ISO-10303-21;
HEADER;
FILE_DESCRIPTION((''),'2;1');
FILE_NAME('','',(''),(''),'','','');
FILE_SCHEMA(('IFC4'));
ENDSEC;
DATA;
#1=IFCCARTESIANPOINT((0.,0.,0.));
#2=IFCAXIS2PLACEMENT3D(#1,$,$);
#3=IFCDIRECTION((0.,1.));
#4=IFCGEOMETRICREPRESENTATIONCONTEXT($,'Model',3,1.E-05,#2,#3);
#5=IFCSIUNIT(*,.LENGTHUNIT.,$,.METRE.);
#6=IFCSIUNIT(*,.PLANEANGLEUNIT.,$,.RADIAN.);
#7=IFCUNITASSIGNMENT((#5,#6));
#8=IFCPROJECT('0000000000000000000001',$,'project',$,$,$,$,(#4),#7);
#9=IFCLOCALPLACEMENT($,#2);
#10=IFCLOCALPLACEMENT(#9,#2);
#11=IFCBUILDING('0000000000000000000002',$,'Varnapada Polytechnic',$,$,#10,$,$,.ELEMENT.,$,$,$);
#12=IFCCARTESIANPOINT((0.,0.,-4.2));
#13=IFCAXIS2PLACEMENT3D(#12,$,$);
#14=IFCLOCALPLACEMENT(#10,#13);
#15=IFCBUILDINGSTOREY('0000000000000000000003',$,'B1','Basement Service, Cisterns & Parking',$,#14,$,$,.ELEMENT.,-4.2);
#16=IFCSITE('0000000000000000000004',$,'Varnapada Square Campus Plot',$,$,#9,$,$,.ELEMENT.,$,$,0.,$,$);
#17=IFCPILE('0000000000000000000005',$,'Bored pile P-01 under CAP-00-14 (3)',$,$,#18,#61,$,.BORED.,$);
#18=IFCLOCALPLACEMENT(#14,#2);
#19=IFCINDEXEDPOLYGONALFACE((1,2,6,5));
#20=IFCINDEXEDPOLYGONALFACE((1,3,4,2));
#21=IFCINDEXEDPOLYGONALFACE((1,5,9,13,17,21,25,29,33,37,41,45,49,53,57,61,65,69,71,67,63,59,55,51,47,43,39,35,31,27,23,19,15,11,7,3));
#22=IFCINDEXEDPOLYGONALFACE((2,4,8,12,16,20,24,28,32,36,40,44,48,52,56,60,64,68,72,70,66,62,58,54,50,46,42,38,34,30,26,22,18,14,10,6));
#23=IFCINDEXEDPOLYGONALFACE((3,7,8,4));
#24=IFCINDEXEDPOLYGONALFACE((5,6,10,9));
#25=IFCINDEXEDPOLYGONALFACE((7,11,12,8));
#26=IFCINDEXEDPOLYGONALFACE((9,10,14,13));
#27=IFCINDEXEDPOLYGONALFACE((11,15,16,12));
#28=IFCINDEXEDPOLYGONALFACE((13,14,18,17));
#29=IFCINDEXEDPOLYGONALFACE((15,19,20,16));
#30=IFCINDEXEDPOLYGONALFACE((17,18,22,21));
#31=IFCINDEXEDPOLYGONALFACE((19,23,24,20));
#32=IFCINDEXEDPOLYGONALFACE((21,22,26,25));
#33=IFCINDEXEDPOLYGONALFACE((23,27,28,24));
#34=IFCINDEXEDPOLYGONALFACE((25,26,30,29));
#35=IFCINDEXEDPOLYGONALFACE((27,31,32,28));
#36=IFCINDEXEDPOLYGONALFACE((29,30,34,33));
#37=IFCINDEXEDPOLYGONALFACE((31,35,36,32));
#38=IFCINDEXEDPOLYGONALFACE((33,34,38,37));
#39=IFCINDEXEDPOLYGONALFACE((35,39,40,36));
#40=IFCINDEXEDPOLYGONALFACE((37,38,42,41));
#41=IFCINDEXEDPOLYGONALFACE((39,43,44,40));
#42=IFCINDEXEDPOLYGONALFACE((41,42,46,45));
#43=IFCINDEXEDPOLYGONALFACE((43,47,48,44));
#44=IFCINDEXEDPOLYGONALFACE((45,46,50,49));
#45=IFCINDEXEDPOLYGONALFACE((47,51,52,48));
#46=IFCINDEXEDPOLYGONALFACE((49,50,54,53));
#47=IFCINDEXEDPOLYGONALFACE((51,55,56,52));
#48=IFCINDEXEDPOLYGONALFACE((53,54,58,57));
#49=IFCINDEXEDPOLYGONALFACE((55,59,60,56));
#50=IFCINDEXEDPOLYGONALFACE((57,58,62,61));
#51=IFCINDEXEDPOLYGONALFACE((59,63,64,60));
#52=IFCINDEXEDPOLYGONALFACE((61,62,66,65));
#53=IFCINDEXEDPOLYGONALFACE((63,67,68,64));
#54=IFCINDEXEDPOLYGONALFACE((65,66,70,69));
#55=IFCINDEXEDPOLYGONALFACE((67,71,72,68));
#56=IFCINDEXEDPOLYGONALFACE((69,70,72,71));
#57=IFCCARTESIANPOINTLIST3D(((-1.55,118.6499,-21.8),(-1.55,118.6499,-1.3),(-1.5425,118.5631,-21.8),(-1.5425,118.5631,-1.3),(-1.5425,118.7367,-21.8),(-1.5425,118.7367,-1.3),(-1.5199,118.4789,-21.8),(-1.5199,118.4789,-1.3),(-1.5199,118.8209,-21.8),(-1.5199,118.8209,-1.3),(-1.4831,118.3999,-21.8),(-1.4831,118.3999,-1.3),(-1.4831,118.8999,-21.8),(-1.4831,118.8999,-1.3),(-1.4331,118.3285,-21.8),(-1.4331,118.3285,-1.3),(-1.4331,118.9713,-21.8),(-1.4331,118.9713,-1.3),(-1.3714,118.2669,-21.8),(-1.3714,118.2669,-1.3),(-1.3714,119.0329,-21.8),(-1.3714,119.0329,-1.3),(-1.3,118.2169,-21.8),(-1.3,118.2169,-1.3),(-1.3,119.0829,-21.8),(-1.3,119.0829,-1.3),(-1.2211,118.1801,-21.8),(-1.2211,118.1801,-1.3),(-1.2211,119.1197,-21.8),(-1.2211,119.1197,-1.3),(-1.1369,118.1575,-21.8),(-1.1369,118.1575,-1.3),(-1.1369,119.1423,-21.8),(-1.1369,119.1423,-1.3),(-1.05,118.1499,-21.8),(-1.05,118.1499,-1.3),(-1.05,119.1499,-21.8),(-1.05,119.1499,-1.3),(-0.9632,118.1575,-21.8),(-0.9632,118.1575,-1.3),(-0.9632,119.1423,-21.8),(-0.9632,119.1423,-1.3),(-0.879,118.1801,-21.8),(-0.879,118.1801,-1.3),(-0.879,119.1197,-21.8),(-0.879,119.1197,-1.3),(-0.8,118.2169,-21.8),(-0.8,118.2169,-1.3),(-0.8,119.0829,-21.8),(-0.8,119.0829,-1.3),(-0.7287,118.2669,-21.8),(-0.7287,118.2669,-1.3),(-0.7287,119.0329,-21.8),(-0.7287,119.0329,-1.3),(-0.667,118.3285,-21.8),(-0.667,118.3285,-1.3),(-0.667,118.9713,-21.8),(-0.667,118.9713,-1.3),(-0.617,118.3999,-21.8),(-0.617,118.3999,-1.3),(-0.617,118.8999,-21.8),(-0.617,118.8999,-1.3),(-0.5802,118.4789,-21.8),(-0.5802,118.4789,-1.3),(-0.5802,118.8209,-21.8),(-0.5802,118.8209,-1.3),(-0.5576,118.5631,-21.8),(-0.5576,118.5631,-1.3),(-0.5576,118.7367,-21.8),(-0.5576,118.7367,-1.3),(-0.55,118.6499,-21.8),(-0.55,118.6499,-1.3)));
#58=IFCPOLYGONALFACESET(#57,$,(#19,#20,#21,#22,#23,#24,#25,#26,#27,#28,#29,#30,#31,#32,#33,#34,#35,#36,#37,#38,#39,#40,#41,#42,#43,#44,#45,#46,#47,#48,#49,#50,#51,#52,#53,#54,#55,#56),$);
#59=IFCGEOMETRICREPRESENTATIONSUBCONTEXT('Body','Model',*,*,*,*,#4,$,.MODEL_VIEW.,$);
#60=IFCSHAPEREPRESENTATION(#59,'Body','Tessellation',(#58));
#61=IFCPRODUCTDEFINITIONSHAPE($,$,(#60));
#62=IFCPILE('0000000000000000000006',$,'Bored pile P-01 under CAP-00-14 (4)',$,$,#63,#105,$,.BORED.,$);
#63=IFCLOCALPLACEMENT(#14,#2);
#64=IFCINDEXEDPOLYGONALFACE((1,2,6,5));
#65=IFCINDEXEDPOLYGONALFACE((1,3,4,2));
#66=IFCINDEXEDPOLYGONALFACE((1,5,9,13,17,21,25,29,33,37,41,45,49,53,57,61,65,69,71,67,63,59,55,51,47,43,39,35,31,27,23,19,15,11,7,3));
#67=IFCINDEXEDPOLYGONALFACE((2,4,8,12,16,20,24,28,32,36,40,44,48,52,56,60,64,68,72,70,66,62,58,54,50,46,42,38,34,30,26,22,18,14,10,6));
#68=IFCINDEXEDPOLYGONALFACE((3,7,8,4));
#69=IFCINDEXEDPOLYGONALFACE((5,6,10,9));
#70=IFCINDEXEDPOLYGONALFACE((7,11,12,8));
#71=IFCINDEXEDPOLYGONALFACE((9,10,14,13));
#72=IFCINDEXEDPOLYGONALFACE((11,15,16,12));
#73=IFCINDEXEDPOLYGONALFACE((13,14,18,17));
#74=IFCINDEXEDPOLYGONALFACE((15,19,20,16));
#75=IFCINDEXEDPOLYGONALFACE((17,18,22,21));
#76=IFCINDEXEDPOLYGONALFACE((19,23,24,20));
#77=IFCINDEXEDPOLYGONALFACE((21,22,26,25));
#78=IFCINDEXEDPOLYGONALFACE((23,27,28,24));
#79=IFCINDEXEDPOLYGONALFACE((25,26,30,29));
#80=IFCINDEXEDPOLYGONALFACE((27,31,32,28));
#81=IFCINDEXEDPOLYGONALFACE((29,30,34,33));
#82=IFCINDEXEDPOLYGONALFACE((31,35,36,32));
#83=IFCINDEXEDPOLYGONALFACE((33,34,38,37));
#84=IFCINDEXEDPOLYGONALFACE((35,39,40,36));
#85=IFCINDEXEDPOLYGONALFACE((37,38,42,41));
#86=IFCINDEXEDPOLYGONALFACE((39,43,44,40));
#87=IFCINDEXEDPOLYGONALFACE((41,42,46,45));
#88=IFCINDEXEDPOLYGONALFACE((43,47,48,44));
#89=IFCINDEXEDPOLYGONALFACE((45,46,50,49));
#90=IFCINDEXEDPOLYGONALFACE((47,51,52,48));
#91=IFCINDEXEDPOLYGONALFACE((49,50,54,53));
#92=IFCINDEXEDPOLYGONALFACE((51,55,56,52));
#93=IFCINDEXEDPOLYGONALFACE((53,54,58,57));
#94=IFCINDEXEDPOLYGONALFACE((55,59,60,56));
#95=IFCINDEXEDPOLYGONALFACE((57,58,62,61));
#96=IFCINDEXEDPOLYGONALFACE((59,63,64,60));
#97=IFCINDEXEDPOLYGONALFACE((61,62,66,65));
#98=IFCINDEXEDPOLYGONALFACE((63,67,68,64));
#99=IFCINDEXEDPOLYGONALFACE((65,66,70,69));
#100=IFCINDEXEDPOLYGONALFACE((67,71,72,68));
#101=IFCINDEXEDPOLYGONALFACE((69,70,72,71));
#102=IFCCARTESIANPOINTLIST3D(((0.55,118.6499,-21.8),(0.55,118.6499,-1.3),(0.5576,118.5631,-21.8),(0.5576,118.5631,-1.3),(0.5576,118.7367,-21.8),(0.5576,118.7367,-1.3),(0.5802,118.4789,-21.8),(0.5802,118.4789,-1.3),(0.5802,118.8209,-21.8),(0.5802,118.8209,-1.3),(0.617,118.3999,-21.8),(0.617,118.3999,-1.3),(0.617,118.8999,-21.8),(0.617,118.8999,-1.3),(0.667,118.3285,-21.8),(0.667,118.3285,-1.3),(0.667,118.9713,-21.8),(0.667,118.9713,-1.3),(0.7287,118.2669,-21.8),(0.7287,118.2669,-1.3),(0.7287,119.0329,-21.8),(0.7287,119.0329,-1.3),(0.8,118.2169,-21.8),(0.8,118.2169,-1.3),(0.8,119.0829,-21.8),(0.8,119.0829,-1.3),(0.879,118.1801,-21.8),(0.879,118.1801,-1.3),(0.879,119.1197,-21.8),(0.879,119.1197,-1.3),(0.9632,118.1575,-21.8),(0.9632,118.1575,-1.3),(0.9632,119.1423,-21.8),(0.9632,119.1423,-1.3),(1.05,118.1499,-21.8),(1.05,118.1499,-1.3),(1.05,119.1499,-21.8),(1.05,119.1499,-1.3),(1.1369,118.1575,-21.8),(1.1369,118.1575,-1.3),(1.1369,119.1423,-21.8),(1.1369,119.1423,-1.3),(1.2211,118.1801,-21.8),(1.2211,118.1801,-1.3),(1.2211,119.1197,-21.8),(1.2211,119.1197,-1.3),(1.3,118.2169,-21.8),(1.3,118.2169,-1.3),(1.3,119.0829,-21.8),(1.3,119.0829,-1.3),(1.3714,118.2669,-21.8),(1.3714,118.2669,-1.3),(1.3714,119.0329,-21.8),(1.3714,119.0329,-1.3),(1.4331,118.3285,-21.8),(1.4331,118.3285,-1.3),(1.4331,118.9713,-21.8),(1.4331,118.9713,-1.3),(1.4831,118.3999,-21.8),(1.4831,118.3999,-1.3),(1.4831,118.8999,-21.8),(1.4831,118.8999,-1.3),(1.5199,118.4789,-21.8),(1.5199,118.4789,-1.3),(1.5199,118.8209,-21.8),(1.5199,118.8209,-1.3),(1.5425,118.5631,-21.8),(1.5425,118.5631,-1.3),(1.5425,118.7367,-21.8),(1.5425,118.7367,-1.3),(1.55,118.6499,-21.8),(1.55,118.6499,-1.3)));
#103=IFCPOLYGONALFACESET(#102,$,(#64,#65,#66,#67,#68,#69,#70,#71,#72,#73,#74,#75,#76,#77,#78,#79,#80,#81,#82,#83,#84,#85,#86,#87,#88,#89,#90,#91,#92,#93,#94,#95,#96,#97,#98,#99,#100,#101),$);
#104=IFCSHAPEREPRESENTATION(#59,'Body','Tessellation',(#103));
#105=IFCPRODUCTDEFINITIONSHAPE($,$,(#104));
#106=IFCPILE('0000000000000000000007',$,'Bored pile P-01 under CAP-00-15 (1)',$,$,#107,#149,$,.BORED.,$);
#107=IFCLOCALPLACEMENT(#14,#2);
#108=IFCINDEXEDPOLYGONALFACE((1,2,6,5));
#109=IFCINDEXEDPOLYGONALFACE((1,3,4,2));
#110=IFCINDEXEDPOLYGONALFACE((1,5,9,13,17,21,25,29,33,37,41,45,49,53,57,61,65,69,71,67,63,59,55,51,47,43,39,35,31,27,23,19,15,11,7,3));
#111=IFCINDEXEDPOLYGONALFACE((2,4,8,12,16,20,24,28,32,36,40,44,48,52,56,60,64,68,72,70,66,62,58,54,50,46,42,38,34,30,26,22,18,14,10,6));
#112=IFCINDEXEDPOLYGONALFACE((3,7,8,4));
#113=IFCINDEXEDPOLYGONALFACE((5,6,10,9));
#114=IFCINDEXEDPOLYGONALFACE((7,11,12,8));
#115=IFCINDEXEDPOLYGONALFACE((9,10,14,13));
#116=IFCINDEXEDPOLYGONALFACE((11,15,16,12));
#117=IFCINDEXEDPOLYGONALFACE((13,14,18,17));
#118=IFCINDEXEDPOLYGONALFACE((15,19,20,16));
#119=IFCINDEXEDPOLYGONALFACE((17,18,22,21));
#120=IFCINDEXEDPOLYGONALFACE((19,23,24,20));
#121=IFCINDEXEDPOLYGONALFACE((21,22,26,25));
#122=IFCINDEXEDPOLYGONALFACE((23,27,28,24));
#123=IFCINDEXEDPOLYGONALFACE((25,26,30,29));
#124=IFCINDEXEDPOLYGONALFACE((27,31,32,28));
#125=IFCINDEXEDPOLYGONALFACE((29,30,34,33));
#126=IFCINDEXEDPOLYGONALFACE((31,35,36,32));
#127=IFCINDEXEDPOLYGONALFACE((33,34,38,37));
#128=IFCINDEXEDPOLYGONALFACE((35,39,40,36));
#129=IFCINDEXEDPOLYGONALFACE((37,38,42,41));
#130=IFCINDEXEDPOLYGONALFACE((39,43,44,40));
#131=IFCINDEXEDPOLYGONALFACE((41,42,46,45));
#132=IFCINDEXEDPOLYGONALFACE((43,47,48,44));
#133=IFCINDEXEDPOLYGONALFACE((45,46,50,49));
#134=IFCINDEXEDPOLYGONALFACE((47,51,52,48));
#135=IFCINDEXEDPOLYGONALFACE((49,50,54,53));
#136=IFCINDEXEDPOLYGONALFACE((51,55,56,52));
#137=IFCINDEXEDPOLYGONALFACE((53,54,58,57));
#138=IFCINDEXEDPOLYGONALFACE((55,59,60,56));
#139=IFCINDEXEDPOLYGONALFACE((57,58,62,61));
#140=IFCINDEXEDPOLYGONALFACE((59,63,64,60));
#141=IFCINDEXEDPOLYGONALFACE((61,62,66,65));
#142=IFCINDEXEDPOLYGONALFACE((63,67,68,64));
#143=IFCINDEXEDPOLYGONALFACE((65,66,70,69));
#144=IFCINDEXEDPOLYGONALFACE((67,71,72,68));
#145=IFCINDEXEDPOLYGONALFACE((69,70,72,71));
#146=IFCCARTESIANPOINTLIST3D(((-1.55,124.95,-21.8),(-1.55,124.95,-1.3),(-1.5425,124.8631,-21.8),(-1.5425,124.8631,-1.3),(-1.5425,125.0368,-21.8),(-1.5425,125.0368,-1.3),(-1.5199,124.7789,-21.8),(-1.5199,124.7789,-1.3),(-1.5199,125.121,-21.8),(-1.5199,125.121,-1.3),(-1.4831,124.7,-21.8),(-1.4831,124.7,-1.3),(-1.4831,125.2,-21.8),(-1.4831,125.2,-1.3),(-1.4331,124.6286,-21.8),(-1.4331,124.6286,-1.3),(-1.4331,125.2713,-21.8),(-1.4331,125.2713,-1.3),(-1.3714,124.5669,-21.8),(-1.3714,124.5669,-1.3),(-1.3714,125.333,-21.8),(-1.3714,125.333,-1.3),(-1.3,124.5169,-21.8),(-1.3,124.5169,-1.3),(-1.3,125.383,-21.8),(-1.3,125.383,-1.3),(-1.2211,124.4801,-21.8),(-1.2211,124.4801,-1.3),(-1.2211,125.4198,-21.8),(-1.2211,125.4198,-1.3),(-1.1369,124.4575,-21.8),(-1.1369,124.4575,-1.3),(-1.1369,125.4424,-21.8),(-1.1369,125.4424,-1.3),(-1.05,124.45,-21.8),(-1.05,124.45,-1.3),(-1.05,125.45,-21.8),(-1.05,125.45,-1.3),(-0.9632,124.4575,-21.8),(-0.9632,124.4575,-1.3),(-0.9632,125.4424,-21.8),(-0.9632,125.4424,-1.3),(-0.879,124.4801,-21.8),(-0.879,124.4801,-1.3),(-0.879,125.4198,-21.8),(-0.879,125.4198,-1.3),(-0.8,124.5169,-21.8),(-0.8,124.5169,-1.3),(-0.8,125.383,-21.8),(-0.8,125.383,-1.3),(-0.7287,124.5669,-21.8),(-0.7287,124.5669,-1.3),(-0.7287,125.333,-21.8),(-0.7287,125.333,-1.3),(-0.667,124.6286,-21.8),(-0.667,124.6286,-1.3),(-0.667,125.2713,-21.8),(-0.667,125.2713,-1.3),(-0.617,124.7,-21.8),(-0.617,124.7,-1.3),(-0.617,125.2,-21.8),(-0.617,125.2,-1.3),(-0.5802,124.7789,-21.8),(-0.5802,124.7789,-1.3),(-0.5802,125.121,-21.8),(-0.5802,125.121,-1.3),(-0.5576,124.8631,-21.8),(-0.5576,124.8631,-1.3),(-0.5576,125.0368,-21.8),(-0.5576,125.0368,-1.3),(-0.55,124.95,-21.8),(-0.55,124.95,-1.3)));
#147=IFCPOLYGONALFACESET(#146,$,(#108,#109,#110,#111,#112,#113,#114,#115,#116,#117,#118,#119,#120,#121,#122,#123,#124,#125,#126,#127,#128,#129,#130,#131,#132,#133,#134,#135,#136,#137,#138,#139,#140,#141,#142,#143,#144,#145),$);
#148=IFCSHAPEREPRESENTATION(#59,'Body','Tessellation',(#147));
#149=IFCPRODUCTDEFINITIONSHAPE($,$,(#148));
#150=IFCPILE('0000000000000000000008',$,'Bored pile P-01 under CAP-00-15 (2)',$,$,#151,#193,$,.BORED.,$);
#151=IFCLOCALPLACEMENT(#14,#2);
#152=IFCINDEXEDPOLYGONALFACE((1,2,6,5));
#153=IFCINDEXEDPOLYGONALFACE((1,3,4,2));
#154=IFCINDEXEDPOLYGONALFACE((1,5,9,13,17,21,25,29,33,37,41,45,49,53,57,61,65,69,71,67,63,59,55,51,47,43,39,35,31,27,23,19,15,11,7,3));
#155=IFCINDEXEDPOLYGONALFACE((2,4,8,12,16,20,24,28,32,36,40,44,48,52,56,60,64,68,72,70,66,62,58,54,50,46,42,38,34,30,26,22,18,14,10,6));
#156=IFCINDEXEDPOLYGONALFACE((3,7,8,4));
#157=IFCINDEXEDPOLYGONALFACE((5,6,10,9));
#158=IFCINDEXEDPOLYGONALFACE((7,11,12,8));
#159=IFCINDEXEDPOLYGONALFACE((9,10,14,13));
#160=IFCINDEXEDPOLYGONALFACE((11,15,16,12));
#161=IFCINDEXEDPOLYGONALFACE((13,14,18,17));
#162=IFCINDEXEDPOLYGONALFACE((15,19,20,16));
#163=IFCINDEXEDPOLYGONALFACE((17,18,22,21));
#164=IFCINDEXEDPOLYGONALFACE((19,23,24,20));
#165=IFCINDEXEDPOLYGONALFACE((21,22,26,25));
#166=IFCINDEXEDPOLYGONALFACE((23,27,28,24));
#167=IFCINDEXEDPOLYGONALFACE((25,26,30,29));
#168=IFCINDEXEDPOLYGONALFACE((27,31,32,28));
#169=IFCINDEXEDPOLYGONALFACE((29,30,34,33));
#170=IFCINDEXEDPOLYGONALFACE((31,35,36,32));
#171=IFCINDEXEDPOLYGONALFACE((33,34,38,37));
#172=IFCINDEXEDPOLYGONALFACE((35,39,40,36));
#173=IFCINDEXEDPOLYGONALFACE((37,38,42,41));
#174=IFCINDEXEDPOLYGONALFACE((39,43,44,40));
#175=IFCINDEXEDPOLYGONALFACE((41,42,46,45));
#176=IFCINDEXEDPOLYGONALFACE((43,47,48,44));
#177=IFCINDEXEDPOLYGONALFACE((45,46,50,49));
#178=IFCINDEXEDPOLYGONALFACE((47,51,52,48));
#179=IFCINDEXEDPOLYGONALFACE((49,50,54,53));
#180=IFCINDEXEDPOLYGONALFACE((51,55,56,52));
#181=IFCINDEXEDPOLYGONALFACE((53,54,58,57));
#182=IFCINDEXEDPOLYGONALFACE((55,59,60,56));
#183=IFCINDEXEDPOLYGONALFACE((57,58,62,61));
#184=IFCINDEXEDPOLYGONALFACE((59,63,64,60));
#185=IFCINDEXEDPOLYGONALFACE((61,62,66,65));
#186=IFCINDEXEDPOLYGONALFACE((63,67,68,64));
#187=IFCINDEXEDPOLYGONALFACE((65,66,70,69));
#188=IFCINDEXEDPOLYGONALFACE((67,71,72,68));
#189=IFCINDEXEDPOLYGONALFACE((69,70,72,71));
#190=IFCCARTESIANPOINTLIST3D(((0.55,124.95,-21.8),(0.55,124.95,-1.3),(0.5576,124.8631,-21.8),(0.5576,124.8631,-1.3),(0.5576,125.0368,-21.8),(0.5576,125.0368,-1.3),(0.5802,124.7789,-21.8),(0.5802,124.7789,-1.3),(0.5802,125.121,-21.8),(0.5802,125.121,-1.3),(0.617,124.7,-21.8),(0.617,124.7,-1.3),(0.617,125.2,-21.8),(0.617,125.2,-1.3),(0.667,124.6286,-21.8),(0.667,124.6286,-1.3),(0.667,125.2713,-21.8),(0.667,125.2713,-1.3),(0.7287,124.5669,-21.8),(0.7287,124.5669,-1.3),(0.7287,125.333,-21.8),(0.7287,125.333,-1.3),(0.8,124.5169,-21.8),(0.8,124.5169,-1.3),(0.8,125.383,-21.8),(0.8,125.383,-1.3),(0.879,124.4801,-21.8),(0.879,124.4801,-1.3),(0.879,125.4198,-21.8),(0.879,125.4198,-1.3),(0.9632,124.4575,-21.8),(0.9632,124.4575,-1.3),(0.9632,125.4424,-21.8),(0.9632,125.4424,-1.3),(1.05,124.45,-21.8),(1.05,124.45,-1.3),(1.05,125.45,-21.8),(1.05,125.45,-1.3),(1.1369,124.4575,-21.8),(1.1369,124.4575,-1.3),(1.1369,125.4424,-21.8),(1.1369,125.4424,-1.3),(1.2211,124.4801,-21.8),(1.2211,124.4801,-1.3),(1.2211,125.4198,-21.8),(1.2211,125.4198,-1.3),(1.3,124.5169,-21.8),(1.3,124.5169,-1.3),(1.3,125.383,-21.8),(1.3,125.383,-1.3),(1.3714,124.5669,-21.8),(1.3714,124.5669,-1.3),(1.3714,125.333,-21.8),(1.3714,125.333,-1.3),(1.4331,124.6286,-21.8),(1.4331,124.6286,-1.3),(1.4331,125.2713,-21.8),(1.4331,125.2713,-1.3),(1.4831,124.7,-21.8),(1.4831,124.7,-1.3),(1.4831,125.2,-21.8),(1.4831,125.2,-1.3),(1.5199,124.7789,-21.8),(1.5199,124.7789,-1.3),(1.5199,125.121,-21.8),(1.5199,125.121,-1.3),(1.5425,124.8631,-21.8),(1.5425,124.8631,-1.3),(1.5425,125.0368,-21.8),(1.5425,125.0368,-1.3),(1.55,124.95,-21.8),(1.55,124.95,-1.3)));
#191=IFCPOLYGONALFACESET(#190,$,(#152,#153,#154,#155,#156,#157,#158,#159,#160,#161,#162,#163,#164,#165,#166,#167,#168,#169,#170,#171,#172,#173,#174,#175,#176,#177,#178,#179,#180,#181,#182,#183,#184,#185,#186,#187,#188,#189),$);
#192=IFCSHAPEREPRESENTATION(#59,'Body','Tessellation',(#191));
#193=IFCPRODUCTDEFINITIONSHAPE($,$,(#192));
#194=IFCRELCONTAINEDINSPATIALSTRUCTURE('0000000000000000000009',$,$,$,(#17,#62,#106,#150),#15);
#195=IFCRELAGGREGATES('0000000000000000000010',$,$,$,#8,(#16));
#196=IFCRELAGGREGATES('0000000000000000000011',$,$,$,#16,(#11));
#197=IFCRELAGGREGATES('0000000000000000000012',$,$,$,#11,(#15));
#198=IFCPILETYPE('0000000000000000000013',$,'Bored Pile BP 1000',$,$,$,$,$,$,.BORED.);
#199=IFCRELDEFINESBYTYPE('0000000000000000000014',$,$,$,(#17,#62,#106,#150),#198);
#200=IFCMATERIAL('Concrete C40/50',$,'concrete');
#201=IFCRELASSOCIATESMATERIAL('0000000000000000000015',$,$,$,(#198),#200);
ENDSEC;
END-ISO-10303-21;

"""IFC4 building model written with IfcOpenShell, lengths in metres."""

from ifc_helpers import new_model, si_unit, direction, frame, origin, origin_2d, place, context, subcontext, project, spatial, circle, extrude, material, material_profile, profile_set, type_object, element, save


model = new_model("IFC4")

# Units and contexts
model_context = context("Model", 3, precision=1e-05, world=origin(), true_north=direction((0.0, 1.0)))
body_context = subcontext(model_context, "Body", "Model", "MODEL_VIEW")
ifc_project = project(units=[si_unit("LENGTHUNIT", "METRE"), si_unit("PLANEANGLEUNIT", "RADIAN")], contexts=[model_context])

# Site, building, storey
site_placement = place(None, origin())
site = spatial("IfcSite", under=ifc_project, at=site_placement, Name="Varnapada Square Campus Plot", CompositionType="ELEMENT", RefElevation=0.0)
building_placement = place(site_placement, origin())
building = spatial("IfcBuilding", under=site, at=building_placement, Name="Varnapada Polytechnic", CompositionType="ELEMENT")
storey_placement = place(building_placement, frame((0.0, 0.0, -4.2)))
storey = spatial("IfcBuildingStorey", under=building, at=storey_placement, Name="B1", Description="Basement Service, Cisterns & Parking", CompositionType="ELEMENT", Elevation=-4.2)

# Piles
ifc_material_1 = material(Name="Concrete C40/50", Category="concrete")
ifc_material_profile_1 = material_profile(ifc_material_1, circle(Radius=0.5, at=origin_2d()), Name="BP 1000")
ifc_profile_set_1 = profile_set([ifc_material_profile_1], Name="Concrete C40/50")
pile_type_1 = type_object("IfcPileType", Name="Bored Pile BP 1000", PredefinedType="BORED", material=ifc_profile_set_1)
for number, where, z_axis, x_axis, name in (
    (1, (-1.05, 118.6499, -1.3), (0.0, 0.0, -1.0), (1.0, 0.0, 0.0), "Bored pile P-01 under CAP-00-14 (3)"),
    (2, (1.05, 118.6499, -1.3), (0.0, 0.0, -1.0), (1.0, 0.0, 0.0), "Bored pile P-01 under CAP-00-14 (4)"),
    (3, (-1.05, 124.95, -1.3), (0.0, 0.0, -1.0), (1.0, 0.0, 0.0), "Bored pile P-01 under CAP-00-15 (1)"),
    (4, (1.05, 124.95, -1.3), (0.0, 0.0, -1.0), (1.0, 0.0, 0.0), "Bored pile P-01 under CAP-00-15 (2)"),
):
    element("IfcPile", number, at=place(storey_placement, frame(where, z_axis=z_axis, x_axis=x_axis)), inside=storey, type_object=pile_type_1, Name=name, PredefinedType="BORED", context=body_context, shape_type="SweptSolid", body=[
        extrude(circle(Radius=0.5, at=origin_2d()), origin(), (0.0, 0.0, 1.0), 20.5),
    ])

save(model, "model.ifc")
